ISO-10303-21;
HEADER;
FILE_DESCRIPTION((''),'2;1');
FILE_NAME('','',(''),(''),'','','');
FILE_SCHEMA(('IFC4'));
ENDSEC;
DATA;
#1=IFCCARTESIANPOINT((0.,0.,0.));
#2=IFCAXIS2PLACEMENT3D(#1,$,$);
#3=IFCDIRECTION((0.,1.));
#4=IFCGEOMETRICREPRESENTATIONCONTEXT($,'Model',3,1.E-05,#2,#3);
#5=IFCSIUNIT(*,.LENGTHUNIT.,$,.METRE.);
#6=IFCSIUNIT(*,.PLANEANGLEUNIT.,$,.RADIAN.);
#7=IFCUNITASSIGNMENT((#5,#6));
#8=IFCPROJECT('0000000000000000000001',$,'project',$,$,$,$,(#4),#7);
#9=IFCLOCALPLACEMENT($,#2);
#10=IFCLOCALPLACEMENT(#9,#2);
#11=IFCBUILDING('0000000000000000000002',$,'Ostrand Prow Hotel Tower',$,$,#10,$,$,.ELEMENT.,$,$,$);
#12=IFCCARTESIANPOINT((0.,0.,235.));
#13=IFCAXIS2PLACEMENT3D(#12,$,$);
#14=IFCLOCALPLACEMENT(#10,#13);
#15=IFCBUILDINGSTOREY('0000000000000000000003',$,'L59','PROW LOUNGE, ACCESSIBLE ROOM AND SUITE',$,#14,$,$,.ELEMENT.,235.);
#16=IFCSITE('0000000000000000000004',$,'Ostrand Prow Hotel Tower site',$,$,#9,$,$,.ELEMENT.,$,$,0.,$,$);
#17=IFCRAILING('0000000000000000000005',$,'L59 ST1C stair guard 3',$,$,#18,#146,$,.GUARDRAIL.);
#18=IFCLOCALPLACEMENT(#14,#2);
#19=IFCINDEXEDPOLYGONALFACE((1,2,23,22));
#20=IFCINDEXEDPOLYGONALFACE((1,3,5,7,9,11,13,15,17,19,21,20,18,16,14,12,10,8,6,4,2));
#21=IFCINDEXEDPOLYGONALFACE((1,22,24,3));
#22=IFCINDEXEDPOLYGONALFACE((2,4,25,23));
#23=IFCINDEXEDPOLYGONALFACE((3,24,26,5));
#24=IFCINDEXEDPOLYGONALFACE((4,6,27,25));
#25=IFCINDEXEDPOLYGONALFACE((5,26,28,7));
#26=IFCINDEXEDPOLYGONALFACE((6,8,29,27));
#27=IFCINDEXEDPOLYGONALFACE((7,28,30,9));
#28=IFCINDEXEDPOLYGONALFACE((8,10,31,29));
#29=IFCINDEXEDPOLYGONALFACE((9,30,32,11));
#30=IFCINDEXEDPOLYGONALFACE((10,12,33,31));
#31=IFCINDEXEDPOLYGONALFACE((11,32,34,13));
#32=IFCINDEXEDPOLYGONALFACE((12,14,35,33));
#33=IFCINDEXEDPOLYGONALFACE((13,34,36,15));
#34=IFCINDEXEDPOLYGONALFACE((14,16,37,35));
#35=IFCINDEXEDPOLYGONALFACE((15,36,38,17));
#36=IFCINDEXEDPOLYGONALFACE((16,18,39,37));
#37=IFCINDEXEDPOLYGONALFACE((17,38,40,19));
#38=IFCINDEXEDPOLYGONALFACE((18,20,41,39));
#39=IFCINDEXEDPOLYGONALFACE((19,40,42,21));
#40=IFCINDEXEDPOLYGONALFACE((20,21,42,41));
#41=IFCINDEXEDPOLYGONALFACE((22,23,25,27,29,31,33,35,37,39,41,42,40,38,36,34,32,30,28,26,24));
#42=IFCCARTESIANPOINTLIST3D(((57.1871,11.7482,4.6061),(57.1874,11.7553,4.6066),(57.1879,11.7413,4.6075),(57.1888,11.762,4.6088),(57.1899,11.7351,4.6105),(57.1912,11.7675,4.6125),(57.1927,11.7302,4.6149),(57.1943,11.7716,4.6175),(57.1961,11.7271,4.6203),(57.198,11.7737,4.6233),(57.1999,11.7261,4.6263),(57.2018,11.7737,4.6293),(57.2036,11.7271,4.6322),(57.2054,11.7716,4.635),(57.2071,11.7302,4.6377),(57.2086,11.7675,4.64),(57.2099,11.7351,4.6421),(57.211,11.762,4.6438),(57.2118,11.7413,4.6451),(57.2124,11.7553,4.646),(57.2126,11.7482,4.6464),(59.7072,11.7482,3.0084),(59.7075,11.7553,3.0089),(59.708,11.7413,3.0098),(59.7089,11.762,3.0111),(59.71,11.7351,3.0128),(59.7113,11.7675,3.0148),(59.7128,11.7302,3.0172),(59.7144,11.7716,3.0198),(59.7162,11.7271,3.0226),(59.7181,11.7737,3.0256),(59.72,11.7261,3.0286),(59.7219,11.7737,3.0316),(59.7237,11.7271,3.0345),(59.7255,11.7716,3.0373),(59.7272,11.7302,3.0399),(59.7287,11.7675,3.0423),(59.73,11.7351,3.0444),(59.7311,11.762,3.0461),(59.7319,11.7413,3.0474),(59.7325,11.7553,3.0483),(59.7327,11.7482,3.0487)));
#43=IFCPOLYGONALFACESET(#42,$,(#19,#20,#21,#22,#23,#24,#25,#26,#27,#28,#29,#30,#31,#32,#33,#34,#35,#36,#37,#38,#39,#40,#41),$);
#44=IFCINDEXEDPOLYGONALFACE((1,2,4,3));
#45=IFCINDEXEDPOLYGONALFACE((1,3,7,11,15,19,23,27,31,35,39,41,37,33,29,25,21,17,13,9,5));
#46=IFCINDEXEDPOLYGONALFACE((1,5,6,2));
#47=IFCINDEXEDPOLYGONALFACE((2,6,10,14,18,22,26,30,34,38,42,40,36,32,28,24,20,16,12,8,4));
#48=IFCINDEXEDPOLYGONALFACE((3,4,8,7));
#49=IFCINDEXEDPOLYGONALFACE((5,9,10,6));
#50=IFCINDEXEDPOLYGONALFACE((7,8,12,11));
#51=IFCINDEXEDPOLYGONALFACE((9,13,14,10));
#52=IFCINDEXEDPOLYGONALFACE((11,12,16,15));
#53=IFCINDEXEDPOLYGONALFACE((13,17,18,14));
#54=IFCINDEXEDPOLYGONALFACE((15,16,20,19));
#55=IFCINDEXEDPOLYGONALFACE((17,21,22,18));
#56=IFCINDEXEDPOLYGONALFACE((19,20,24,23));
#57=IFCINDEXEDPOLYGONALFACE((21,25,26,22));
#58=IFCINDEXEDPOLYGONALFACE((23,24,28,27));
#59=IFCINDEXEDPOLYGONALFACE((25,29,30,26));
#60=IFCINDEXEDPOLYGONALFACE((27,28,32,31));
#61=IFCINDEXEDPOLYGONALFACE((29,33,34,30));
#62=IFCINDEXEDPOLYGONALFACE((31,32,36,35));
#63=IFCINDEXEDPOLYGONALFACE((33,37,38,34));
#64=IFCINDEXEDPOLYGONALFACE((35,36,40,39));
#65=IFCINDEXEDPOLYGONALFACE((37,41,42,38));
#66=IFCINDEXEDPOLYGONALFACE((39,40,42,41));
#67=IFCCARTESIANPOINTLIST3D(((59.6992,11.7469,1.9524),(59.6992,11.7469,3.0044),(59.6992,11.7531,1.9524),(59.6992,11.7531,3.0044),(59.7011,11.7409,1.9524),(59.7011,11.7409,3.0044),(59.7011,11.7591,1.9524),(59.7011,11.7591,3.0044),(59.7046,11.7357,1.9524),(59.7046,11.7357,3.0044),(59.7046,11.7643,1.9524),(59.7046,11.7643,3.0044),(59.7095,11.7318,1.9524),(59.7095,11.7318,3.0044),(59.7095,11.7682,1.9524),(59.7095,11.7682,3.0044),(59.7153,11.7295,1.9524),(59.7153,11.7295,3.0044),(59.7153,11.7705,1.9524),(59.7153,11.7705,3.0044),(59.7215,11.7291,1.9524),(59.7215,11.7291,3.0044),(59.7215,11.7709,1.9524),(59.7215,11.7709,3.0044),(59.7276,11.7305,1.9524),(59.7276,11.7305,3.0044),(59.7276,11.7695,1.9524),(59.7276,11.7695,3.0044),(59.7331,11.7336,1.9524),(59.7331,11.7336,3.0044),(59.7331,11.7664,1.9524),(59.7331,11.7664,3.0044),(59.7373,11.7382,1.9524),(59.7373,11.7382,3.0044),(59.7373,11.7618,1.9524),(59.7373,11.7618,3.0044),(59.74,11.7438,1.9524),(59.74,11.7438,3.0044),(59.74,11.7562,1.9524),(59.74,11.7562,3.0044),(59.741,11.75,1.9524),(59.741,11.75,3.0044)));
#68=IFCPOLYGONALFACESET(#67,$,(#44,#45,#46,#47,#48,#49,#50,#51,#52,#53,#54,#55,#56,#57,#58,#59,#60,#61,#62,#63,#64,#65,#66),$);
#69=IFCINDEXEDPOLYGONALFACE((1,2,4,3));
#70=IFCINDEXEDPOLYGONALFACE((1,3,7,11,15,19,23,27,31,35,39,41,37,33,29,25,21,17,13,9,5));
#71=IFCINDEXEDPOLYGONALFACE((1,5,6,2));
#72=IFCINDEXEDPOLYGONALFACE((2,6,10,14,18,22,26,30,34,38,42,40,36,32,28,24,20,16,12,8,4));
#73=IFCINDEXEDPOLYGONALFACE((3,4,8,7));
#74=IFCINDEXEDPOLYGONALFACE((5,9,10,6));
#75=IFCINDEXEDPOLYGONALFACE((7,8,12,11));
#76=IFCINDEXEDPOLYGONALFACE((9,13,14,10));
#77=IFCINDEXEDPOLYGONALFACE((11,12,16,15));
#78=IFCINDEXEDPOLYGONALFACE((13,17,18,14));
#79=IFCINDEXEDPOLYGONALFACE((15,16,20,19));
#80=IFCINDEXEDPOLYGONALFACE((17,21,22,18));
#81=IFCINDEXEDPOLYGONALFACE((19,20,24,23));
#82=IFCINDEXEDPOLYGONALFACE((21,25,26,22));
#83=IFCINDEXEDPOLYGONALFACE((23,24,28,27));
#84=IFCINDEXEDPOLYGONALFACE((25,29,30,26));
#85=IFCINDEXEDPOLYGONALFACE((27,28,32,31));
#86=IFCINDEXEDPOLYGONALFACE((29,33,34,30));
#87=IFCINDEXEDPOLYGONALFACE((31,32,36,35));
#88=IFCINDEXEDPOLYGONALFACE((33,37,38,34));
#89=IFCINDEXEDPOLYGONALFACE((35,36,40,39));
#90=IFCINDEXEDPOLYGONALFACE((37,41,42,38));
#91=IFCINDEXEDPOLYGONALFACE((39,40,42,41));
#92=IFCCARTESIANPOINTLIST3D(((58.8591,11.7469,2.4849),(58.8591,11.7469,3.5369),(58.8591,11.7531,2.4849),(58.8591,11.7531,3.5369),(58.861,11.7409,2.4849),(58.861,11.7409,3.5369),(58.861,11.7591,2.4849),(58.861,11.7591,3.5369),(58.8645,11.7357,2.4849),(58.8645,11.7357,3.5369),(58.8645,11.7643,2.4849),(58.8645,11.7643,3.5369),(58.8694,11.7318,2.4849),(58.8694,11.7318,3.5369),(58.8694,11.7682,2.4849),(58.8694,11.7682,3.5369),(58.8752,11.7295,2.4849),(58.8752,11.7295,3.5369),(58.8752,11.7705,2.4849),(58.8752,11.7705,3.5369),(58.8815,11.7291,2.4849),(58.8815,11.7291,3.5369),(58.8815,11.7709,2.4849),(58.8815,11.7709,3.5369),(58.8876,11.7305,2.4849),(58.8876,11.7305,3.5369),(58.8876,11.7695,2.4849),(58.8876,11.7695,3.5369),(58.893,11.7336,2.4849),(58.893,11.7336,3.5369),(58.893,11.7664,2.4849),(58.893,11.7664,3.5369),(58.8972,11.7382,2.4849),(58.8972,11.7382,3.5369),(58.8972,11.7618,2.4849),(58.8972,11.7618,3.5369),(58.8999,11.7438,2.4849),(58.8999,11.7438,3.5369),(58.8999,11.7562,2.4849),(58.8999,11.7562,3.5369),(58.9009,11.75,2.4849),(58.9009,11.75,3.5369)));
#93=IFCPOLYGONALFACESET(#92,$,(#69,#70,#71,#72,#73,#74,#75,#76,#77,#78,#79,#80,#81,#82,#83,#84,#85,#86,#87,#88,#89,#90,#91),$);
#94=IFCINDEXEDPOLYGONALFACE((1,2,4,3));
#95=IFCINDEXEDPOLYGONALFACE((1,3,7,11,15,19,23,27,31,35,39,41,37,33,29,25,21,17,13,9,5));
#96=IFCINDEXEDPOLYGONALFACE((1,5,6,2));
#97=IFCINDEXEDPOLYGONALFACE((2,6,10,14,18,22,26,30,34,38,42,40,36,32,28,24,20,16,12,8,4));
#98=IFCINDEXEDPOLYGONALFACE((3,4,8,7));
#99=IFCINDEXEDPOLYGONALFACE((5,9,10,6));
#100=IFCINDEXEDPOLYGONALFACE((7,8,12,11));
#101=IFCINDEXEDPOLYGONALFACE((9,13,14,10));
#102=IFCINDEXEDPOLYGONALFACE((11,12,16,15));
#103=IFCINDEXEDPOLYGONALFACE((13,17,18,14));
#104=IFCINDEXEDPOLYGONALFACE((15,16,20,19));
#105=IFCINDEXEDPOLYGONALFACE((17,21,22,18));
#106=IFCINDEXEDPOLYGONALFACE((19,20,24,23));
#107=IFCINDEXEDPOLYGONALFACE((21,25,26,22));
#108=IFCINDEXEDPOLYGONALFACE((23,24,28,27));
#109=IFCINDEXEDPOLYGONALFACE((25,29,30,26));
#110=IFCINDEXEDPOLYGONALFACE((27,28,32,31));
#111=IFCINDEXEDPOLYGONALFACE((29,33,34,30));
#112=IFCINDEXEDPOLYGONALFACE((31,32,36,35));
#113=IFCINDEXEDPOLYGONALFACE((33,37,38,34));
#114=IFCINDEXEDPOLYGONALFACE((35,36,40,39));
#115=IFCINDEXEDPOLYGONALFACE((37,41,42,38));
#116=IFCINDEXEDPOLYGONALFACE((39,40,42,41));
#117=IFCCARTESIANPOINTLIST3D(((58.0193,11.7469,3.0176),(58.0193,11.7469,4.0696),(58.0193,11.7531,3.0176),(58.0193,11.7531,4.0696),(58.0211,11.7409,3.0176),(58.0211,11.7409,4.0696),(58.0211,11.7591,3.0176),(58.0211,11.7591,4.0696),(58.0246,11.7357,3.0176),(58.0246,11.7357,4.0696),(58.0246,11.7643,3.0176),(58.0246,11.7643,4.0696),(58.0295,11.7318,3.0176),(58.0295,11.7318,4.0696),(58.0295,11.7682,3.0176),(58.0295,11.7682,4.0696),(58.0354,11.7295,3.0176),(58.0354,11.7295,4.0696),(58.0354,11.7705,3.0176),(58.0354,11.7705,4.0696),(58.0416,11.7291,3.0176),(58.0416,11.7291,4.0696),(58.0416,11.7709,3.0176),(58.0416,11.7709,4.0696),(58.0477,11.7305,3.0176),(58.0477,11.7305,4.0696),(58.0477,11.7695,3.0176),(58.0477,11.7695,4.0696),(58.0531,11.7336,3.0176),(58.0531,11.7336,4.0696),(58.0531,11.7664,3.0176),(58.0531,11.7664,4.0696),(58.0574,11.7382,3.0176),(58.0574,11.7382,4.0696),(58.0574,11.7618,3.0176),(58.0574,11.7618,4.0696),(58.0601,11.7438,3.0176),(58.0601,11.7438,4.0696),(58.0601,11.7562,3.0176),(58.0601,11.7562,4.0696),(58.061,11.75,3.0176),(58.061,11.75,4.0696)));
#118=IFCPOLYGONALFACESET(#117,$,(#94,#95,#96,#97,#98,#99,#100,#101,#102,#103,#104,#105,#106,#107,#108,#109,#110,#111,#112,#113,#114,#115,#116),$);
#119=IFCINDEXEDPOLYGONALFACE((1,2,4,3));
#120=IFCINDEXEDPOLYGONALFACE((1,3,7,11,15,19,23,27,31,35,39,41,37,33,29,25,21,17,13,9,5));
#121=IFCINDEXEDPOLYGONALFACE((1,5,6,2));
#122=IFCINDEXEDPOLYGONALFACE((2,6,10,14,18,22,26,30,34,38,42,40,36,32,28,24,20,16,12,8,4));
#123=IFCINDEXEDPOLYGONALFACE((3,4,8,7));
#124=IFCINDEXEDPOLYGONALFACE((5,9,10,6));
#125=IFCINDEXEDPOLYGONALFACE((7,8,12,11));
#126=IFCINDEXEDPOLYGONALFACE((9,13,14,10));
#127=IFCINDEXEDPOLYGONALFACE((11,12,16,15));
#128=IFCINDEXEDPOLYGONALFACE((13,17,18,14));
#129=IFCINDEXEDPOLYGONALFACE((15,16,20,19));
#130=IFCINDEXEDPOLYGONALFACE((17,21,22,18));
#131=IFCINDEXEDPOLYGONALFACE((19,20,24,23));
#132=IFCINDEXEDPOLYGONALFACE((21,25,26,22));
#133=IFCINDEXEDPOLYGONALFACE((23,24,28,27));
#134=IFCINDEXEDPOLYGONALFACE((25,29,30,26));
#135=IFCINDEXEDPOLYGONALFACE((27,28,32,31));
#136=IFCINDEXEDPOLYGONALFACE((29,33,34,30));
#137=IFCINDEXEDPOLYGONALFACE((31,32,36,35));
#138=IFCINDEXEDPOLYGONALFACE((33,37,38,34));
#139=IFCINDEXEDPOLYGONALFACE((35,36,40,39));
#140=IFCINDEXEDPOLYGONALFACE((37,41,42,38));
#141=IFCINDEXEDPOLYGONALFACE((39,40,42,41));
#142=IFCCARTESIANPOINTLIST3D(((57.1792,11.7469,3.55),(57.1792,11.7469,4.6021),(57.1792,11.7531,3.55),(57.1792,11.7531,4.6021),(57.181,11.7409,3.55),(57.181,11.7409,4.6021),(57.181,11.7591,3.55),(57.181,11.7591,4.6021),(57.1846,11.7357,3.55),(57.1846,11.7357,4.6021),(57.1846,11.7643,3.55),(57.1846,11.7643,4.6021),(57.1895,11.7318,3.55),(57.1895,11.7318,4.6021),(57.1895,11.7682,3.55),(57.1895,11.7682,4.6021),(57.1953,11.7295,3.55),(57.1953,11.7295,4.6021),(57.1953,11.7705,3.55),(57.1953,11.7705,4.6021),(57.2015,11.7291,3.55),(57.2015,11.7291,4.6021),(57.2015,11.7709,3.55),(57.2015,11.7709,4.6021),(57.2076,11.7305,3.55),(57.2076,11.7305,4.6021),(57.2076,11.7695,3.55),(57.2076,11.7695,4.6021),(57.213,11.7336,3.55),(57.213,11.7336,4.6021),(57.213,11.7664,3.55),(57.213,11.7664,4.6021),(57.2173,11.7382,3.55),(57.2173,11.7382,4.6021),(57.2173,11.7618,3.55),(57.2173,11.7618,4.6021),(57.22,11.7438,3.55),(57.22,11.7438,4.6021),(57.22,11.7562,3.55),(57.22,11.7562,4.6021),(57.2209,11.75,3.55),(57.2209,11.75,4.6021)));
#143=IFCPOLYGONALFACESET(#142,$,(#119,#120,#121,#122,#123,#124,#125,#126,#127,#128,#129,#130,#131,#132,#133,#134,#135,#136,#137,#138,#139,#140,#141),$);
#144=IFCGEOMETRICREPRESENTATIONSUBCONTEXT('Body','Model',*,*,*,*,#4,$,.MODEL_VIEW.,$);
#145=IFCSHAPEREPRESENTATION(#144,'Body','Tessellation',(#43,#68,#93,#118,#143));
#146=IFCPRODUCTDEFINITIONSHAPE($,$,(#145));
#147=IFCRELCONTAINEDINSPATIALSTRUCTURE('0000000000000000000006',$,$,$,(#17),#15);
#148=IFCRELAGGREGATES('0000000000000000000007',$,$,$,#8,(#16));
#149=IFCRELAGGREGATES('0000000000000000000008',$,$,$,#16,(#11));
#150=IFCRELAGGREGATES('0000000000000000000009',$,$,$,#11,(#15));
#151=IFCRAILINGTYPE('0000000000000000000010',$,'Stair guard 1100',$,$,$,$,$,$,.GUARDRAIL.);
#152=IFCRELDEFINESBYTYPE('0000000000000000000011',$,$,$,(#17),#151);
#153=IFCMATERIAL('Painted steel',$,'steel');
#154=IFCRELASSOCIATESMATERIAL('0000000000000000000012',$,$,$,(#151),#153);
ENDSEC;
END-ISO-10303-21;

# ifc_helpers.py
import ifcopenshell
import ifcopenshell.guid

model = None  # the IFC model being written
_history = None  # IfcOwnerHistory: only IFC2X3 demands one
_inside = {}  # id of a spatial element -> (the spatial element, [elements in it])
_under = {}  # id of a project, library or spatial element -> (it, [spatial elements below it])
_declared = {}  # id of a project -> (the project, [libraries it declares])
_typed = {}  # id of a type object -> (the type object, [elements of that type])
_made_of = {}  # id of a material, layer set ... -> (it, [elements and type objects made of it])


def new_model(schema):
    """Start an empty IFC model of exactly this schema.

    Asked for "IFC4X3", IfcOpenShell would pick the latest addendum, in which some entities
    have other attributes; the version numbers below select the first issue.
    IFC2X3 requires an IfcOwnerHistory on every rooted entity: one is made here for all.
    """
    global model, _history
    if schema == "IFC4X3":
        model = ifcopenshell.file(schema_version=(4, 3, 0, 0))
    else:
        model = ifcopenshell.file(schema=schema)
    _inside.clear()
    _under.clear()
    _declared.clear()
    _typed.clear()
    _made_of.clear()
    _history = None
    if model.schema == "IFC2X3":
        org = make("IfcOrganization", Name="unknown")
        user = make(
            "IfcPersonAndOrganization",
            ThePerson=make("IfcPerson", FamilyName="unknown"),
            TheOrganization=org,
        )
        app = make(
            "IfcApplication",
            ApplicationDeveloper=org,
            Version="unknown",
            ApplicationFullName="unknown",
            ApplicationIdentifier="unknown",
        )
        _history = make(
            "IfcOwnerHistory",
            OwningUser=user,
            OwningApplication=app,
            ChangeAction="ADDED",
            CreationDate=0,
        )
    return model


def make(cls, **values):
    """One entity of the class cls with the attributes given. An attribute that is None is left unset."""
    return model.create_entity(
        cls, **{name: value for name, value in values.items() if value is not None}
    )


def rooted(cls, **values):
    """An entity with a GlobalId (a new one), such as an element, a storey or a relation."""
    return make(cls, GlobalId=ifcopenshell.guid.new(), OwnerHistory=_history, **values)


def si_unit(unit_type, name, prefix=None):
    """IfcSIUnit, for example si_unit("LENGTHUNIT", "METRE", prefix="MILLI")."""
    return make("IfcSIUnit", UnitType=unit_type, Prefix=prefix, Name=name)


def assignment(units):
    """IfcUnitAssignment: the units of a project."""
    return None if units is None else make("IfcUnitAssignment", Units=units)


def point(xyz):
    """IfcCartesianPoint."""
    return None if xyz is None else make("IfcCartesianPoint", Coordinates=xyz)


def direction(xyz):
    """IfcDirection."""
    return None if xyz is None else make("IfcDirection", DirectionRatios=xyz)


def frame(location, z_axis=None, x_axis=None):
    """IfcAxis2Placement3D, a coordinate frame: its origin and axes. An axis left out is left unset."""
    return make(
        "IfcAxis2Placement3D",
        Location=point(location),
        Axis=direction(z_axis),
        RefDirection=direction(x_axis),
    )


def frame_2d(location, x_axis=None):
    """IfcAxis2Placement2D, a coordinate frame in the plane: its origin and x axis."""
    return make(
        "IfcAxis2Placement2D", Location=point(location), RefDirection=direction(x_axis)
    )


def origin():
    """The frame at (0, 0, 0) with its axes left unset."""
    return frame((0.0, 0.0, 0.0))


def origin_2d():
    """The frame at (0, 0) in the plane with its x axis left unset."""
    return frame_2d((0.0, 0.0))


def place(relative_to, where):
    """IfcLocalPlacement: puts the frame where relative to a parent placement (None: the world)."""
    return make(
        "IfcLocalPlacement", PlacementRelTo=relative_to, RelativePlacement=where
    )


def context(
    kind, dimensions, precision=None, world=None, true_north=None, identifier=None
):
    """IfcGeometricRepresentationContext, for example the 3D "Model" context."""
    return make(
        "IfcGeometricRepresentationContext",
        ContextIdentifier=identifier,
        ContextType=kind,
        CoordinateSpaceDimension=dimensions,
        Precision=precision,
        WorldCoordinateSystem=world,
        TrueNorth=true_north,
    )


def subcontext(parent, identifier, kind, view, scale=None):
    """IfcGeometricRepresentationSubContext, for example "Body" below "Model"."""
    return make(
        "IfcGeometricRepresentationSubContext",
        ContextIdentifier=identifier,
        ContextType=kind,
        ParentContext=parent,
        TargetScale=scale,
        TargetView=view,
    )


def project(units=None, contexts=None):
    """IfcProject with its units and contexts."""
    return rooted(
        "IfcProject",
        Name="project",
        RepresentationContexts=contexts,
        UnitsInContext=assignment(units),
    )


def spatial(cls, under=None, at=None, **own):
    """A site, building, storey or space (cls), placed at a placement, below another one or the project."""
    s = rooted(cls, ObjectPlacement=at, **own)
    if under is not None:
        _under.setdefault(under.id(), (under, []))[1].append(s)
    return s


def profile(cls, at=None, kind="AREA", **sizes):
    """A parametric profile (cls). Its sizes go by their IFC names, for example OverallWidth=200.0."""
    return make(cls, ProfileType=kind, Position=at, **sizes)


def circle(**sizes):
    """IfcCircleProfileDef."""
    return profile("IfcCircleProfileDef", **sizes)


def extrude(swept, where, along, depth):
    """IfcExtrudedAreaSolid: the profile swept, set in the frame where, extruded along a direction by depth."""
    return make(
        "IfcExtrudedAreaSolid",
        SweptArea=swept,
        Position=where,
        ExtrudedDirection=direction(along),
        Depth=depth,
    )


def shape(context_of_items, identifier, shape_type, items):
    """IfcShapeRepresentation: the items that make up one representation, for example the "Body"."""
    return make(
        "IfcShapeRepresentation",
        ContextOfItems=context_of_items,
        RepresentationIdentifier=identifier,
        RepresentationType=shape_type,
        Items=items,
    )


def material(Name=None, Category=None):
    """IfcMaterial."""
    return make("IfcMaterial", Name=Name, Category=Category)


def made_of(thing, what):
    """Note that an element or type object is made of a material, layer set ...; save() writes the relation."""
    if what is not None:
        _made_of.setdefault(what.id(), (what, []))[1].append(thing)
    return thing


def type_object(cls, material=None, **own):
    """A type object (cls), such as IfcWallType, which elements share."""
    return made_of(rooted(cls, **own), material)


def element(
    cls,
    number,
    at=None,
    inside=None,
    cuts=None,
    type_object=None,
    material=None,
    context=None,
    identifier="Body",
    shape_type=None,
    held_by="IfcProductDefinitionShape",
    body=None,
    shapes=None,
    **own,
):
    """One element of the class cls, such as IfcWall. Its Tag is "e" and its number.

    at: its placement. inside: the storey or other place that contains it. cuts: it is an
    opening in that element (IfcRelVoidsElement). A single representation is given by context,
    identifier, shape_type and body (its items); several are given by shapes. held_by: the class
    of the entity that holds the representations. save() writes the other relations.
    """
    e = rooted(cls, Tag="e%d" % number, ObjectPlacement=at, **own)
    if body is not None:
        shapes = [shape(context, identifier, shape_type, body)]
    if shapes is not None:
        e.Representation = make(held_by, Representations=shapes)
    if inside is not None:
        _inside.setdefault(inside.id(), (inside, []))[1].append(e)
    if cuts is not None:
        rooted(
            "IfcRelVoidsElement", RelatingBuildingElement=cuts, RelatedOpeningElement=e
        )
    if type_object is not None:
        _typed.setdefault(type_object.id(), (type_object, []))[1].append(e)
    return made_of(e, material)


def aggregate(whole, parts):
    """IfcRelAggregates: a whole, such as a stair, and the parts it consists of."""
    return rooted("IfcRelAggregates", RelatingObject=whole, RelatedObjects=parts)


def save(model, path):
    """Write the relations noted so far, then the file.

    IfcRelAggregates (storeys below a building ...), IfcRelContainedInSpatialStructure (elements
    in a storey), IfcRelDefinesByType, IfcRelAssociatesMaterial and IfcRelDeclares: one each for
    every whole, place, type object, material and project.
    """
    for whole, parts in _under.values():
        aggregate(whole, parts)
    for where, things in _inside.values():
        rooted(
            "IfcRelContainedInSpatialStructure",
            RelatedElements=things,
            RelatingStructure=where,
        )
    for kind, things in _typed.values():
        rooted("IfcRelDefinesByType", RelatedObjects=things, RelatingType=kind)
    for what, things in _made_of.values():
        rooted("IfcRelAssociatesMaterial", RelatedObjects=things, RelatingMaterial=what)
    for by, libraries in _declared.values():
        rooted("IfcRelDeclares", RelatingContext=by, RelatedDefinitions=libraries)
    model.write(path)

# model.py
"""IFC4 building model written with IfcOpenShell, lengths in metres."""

from ifc_helpers import new_model, si_unit, direction, frame, origin, origin_2d, place, context, subcontext, project, spatial, circle, extrude, material, type_object, element, save


model = new_model("IFC4")

# Units and contexts
model_context = context("Model", 3, precision=1e-05, world=origin(), true_north=direction((0.0, 1.0)))
body_context = subcontext(model_context, "Body", "Model", "MODEL_VIEW")
ifc_project = project(units=[si_unit("LENGTHUNIT", "METRE"), si_unit("PLANEANGLEUNIT", "RADIAN")], contexts=[model_context])

# Site, building, storey
site_placement = place(None, origin())
site = spatial("IfcSite", under=ifc_project, at=site_placement, Name="Ostrand Prow Hotel Tower site", CompositionType="ELEMENT", RefElevation=0.0)
building_placement = place(site_placement, origin())
building = spatial("IfcBuilding", under=site, at=building_placement, Name="Ostrand Prow Hotel Tower", CompositionType="ELEMENT")
storey_placement = place(building_placement, frame((0.0, 0.0, 235.0)))
storey = spatial("IfcBuildingStorey", under=building, at=storey_placement, Name="L59", Description="PROW LOUNGE, ACCESSIBLE ROOM AND SUITE", CompositionType="ELEMENT", Elevation=235.0)

# Railing
ifc_material_1 = material(Name="Painted steel", Category="steel")
railing_type_1 = type_object("IfcRailingType", Name="Stair guard 1100", PredefinedType="GUARDRAIL", material=ifc_material_1)
railing_1_placement = place(storey_placement, frame((59.72, 11.75, 1.9524)))
element("IfcRailing", 1, at=railing_1_placement, inside=storey, type_object=railing_type_1, Name="L59 ST1C stair guard 3", PredefinedType="GUARDRAIL", context=body_context, shape_type="SweptSolid", body=[
    extrude(circle(Radius=0.0239, at=origin_2d()), frame((0.0, 0.0, 1.0762), z_axis=(-0.84457, 0.0, 0.535445), x_axis=(0.0, -1.0, 0.0)), (0.0, 0.0, 1.0), 2.9839),
    extrude(circle(Radius=0.021, at=origin_2d()), origin(), (0.0, 0.0, 1.0), 1.052),
    extrude(circle(Radius=0.021, at=origin_2d()), frame((-0.8401, 0.0, 0.5325)), (0.0, 0.0, 1.0), 1.052),
    extrude(circle(Radius=0.021, at=origin_2d()), frame((-1.6799, 0.0, 1.0652)), (0.0, 0.0, 1.0), 1.052),
    extrude(circle(Radius=0.021, at=origin_2d()), frame((-2.52, 0.0, 1.5977)), (0.0, 0.0, 1.0), 1.052),
])

save(model, "model.ifc")
